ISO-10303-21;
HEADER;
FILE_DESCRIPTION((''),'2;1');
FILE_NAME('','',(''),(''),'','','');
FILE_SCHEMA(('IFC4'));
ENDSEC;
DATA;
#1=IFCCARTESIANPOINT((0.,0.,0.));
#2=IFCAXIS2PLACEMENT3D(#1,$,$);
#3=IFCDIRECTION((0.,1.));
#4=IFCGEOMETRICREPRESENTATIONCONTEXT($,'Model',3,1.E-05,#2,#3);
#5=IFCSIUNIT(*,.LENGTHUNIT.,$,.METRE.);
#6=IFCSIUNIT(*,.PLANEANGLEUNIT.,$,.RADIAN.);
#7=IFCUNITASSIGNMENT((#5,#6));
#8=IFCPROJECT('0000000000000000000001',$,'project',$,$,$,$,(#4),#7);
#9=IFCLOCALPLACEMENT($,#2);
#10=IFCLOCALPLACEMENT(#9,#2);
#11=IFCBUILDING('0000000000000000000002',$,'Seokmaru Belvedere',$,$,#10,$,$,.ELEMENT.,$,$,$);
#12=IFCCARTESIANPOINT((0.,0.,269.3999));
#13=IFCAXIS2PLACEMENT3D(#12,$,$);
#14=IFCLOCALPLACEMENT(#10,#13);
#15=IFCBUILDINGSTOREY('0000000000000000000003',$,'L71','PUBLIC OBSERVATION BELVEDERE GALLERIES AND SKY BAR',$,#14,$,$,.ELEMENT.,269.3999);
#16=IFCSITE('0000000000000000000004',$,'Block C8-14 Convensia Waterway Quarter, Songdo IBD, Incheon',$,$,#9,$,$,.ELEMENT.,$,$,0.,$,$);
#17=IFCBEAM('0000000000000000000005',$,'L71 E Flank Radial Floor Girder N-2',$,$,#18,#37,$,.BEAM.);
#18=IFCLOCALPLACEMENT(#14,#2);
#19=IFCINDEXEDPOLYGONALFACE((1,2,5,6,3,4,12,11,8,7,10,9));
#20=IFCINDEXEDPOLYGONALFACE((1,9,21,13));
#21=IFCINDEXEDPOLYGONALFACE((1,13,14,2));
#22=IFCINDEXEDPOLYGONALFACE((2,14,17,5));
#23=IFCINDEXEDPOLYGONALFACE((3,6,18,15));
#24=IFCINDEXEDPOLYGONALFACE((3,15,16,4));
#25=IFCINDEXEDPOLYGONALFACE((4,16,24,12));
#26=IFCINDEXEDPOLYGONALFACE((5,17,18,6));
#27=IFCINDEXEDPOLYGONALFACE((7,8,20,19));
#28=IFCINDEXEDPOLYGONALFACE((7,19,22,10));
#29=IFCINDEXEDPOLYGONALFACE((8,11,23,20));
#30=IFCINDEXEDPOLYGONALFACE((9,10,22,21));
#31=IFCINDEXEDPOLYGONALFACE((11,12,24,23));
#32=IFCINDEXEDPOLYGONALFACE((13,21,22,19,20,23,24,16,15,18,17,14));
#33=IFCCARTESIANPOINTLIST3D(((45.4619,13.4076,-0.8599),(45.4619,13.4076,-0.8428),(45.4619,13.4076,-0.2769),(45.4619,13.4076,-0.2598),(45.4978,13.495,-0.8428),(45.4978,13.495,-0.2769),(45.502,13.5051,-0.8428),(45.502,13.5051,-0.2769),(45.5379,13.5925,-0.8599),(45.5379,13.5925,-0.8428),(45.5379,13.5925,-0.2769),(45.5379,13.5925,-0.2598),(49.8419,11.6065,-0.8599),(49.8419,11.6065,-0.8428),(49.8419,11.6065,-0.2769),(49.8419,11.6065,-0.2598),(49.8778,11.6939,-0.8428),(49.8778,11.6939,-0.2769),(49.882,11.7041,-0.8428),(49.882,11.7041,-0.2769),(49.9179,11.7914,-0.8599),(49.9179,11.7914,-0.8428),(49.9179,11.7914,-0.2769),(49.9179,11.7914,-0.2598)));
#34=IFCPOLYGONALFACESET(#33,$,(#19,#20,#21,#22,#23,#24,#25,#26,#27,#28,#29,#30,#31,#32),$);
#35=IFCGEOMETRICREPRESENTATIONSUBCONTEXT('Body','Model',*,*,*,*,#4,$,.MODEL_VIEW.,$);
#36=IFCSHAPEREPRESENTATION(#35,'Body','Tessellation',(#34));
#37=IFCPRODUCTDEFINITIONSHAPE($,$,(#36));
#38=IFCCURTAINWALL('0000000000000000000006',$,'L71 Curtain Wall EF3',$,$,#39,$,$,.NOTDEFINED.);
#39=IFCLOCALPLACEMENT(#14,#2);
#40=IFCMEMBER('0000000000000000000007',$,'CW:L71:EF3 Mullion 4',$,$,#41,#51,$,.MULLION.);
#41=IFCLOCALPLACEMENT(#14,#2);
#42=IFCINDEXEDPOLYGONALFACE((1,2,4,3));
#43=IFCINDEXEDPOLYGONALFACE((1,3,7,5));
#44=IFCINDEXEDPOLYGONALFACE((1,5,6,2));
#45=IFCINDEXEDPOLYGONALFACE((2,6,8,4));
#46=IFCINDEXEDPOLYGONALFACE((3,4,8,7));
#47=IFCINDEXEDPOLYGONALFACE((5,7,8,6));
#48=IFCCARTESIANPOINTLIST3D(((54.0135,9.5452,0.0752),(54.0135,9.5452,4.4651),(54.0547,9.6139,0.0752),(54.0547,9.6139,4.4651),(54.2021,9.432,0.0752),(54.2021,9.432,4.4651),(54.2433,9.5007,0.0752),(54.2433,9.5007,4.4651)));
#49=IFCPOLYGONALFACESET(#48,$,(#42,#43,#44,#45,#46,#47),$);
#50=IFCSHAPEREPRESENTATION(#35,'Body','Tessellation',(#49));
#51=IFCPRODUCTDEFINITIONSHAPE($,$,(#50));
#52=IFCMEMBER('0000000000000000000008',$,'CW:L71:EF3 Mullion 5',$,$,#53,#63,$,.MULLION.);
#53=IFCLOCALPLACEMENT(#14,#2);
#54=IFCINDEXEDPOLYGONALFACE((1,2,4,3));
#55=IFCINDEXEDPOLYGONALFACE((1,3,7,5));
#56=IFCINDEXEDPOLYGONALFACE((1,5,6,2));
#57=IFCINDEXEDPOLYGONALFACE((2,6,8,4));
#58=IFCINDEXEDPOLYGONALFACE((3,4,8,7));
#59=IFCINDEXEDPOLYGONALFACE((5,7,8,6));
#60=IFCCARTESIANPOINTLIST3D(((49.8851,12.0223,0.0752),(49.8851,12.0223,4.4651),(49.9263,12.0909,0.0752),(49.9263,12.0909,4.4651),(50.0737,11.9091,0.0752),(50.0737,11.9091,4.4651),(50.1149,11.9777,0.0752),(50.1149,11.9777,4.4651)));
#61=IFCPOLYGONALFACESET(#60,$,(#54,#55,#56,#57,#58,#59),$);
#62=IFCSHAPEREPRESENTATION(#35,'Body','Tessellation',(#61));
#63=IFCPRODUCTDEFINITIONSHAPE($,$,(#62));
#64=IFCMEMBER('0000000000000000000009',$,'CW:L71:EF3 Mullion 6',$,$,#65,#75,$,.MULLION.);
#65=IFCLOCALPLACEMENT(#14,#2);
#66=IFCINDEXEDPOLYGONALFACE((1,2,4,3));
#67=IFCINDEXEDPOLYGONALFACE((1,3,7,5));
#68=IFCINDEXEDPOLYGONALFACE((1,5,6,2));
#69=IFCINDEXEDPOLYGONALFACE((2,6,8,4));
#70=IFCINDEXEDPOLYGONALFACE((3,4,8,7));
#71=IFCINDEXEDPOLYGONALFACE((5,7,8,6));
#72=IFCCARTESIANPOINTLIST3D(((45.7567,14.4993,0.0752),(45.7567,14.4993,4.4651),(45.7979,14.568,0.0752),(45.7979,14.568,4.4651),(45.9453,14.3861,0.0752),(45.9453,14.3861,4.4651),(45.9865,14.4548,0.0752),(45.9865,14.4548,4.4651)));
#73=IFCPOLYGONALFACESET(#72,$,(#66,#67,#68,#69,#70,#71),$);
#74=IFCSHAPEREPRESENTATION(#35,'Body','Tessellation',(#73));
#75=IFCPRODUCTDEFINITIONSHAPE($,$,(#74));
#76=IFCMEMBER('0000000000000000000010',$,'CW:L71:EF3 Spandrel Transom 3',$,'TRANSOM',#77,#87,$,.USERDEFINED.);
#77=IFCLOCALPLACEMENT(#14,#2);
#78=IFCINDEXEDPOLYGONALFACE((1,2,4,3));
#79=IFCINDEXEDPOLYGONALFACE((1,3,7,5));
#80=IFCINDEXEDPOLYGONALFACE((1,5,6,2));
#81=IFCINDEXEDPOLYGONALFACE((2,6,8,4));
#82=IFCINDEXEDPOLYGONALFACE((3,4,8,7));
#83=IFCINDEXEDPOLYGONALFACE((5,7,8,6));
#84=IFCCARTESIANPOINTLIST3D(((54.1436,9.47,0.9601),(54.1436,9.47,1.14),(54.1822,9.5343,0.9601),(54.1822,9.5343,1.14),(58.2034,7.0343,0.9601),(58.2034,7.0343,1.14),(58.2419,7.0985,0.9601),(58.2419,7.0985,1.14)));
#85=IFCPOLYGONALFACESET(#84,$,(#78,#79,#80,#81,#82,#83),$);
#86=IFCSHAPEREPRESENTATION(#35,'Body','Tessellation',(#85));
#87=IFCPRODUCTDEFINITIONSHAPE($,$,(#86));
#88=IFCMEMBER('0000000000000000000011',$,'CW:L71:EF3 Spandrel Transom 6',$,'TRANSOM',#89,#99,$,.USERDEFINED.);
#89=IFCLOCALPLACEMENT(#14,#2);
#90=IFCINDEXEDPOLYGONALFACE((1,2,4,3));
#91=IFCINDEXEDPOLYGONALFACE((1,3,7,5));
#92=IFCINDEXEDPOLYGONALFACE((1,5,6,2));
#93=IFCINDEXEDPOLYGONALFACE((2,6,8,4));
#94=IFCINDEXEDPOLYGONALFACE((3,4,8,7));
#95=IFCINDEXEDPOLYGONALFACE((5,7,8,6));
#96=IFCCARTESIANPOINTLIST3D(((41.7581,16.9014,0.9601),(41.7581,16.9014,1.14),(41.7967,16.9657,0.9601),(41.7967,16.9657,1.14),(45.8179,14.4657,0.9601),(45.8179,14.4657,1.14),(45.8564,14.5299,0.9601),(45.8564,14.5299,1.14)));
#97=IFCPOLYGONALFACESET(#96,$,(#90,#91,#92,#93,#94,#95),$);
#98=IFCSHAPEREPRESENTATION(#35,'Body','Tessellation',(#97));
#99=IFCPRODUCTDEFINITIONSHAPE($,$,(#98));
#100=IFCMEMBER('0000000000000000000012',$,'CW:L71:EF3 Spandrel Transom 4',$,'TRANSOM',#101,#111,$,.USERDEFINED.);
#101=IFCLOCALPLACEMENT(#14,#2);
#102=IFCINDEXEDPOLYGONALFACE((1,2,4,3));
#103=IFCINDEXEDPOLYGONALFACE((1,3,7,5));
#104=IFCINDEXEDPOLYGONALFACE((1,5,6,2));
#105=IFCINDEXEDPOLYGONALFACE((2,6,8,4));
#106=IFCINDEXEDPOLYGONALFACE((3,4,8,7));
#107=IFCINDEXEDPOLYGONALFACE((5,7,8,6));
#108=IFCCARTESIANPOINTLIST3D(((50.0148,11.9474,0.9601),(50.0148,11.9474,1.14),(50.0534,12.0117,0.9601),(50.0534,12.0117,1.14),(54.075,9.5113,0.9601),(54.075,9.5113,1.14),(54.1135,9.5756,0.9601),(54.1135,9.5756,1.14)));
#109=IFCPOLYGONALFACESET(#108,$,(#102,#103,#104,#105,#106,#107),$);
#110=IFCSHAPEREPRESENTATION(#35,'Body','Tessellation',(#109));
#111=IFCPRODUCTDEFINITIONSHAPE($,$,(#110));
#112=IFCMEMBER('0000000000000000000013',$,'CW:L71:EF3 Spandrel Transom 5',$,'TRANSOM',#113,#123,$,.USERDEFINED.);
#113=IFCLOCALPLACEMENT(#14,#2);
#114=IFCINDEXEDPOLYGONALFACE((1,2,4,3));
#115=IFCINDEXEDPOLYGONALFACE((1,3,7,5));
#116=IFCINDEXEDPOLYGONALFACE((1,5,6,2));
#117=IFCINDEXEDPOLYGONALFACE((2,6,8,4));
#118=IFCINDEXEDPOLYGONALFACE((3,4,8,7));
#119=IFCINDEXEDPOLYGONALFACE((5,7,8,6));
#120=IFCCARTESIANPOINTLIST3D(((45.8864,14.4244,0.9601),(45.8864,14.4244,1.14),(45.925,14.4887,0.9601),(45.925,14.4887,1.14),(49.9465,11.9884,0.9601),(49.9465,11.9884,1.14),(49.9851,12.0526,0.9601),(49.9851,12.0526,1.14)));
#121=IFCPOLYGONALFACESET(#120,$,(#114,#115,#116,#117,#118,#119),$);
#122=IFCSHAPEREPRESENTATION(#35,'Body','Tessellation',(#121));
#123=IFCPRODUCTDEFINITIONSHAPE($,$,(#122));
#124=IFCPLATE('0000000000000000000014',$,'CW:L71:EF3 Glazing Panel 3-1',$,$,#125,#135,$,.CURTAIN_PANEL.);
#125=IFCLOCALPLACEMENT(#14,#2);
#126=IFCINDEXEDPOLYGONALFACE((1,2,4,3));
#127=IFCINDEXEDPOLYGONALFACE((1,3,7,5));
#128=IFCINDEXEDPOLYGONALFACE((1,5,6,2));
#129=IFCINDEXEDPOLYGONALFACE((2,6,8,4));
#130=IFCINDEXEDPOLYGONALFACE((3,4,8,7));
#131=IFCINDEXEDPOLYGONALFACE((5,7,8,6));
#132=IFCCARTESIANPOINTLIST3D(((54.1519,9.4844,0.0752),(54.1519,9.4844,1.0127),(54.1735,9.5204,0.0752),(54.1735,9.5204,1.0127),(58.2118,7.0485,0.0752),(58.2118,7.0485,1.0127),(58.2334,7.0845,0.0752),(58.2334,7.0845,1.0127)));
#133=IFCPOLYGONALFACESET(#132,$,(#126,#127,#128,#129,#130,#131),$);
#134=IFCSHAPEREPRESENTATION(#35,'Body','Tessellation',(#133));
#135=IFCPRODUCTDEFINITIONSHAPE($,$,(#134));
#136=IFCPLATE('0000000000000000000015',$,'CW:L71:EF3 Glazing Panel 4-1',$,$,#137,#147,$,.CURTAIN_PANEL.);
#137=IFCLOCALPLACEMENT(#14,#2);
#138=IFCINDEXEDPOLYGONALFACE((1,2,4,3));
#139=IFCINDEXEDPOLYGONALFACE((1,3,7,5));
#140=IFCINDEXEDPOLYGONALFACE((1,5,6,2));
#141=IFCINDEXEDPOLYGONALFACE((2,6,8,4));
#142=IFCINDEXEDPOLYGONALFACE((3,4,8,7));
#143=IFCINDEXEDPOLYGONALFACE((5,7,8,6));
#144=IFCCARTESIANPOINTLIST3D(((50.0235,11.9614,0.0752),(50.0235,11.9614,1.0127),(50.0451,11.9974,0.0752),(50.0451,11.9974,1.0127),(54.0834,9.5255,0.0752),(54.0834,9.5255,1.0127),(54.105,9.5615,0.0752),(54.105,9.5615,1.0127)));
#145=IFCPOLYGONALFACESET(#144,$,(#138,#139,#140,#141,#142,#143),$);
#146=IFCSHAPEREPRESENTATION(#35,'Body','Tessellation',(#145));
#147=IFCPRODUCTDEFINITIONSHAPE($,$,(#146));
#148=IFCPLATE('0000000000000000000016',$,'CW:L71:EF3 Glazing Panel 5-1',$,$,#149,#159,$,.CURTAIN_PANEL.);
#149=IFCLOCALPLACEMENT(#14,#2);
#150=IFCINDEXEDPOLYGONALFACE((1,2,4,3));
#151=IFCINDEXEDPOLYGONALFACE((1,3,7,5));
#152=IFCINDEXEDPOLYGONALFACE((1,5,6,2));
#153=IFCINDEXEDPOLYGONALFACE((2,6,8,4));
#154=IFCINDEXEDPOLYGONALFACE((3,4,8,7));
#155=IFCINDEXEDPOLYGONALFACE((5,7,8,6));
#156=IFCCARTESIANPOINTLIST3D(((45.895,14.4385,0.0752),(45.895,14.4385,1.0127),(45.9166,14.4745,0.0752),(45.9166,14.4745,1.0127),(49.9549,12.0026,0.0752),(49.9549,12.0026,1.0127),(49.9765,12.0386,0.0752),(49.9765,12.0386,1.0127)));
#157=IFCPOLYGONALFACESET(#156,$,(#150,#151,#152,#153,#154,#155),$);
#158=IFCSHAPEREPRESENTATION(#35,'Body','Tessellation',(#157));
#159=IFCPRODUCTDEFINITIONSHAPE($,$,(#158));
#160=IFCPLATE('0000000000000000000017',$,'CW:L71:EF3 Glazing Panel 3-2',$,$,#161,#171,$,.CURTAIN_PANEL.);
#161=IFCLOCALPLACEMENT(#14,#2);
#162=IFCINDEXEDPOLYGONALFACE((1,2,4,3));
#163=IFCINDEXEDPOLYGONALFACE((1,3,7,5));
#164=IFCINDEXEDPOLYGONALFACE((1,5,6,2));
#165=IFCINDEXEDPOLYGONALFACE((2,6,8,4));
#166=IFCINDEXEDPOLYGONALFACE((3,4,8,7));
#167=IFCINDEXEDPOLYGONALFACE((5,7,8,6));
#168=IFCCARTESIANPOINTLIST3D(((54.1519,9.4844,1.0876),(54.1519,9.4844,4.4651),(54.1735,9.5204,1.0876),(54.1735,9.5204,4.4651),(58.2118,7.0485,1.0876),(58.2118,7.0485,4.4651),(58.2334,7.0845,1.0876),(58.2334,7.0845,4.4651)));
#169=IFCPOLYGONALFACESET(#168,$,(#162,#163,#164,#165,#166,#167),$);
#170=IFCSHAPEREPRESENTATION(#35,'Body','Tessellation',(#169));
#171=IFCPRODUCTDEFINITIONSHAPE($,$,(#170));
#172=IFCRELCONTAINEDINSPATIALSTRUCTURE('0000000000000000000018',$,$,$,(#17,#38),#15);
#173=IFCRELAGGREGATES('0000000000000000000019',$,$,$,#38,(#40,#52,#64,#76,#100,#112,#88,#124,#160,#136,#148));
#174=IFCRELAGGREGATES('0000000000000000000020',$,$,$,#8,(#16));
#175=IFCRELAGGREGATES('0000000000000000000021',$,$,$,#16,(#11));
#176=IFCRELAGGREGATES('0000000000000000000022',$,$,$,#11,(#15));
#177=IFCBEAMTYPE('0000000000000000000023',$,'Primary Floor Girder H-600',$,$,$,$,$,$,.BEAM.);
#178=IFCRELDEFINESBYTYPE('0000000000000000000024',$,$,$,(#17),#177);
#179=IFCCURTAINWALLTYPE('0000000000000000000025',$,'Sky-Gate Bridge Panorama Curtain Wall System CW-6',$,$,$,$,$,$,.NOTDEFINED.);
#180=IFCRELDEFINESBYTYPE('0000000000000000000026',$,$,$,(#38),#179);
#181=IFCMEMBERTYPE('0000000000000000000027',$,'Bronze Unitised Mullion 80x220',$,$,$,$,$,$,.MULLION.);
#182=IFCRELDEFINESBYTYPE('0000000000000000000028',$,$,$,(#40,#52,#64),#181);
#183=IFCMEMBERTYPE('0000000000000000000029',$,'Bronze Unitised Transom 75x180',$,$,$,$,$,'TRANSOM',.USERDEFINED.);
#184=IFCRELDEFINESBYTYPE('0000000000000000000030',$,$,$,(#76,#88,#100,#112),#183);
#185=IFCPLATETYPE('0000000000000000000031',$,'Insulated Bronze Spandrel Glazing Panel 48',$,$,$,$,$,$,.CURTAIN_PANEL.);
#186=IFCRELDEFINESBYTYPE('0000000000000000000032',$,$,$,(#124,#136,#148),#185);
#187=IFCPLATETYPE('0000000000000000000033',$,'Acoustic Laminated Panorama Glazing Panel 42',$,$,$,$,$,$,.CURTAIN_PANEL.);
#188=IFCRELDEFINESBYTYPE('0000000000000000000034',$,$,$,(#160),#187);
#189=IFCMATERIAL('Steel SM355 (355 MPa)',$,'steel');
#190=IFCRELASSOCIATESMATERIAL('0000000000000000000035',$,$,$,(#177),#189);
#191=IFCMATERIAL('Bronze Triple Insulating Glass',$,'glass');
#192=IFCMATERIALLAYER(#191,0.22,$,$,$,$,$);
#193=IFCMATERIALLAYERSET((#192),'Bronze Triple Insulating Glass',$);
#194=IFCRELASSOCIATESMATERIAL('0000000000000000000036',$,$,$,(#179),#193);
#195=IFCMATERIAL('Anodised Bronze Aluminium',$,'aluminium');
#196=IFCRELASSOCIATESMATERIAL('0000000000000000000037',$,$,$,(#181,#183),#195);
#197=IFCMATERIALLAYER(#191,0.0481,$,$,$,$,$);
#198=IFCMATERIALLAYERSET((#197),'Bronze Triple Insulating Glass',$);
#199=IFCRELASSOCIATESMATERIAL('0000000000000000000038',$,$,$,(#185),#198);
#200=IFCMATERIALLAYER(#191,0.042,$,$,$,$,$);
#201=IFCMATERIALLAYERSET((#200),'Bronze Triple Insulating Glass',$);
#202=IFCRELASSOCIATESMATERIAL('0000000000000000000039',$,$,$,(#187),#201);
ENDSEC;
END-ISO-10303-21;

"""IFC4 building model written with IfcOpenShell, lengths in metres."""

from ifc_helpers import new_model, si_unit, direction, frame, origin, origin_2d, place, context, subcontext, project, spatial, rectangle, i_section, extrude, source, transform, mapped, material, layer, layer_set, material_profile, profile_set, type_object, type_shapes, element, aggregate, save


model = new_model("IFC4")

# Units and contexts
model_context = context("Model", 3, precision=1e-05, world=origin(), true_north=direction((0.0, 1.0)))
body_context = subcontext(model_context, "Body", "Model", "MODEL_VIEW")
ifc_project = project(units=[si_unit("LENGTHUNIT", "METRE"), si_unit("PLANEANGLEUNIT", "RADIAN")], contexts=[model_context])

# Site, building, storey
site_placement = place(None, origin())
site = spatial("IfcSite", under=ifc_project, at=site_placement, Name="Block C8-14 Convensia Waterway Quarter, Songdo IBD, Incheon", CompositionType="ELEMENT", RefElevation=0.0)
building_placement = place(site_placement, origin())
building = spatial("IfcBuilding", under=site, at=building_placement, Name="Seokmaru Belvedere", CompositionType="ELEMENT")
storey_placement = place(building_placement, frame((0.0, 0.0, 269.3999)))
storey = spatial("IfcBuildingStorey", under=building, at=storey_placement, Name="L71", Description="PUBLIC OBSERVATION BELVEDERE GALLERIES AND SKY BAR", CompositionType="ELEMENT", Elevation=269.3999)

# Shared definitions
ifc_material_1 = material(Name="Steel SM355 (355 MPa)", Category="steel")

# Beam
ifc_material_profile_1 = material_profile(ifc_material_1, i_section(OverallWidth=0.2, OverallDepth=0.6001, WebThickness=0.011, FlangeThickness=0.0171, at=origin_2d()), Name="H-600x200x11x17")
ifc_profile_set_1 = profile_set([ifc_material_profile_1], Name="Steel SM355 (355 MPa)")
beam_type_1 = type_object("IfcBeamType", Name="Primary Floor Girder H-600", PredefinedType="BEAM", material=ifc_profile_set_1)
shared_shape_1 = source(origin(), body_context, "Body", "SweptSolid", [
    extrude(i_section(OverallWidth=0.2, OverallDepth=0.6001, WebThickness=0.011, FlangeThickness=0.0171, at=origin_2d()), origin(), (0.0, 0.0, 1.0), 4.7358),
])
beam_1_placement = place(storey_placement, frame((49.8799, 11.699, -0.5598), z_axis=(-0.924861, 0.380306, 0.0), x_axis=(-0.380306, -0.924861, 0.0)))
element("IfcBeam", 1, at=beam_1_placement, inside=storey, type_object=beam_type_1, Name="L71 E Flank Radial Floor Girder N-2", PredefinedType="BEAM", context=body_context, shape_type="MappedRepresentation", body=[
    mapped(shared_shape_1, transform((0.0, 0.0, 0.0), scale=1.0)),
])

# Curtain wall, members, plates
ifc_material_2 = material(Name="Bronze Triple Insulating Glass", Category="glass")
ifc_layer_1 = layer(ifc_material_2, 0.22)
ifc_layer_set_1 = layer_set([ifc_layer_1], Name="Bronze Triple Insulating Glass")
curtain_wall_type = type_object("IfcCurtainWallType", Name="Sky-Gate Bridge Panorama Curtain Wall System CW-6", PredefinedType="NOTDEFINED", material=ifc_layer_set_1)
curtain_wall_placement = place(storey_placement, origin())
curtain_wall = element("IfcCurtainWall", 2, at=curtain_wall_placement, inside=storey, type_object=curtain_wall_type, Name="L71 Curtain Wall EF3", PredefinedType="NOTDEFINED")
ifc_material_3 = material(Name="Anodised Bronze Aluminium", Category="aluminium")
ifc_material_profile_2 = material_profile(ifc_material_3, rectangle(XDim=0.0801, YDim=0.22, at=origin_2d()), Name="CW-M-80x220")
ifc_profile_set_2 = profile_set([ifc_material_profile_2], Name="Anodised Bronze Aluminium")
member_type_1 = type_object("IfcMemberType", Name="Bronze Unitised Mullion 80x220", PredefinedType="MULLION", material=ifc_profile_set_2)
shared_shape_2 = source(origin(), body_context, "Body", "SweptSolid", [
    extrude(rectangle(XDim=0.0801, YDim=0.22, at=origin_2d()), origin(), (0.0, 0.0, 1.0), 4.3899),
])
type_shapes(member_type_1, [shared_shape_2])
member_1_placement = place(storey_placement, frame((54.1284, 9.5229, 0.0752), z_axis=(0.0, 0.0, 1.0), x_axis=(-0.514495, -0.857493, 0.0)))
member_1 = element("IfcMember", 3, at=member_1_placement, type_object=member_type_1, Name="CW:L71:EF3 Mullion 4", PredefinedType="MULLION", context=body_context, shape_type="MappedRepresentation", body=[
    mapped(shared_shape_2, transform((0.0, 0.0, 0.0), scale=1.0)),
])
member_2_placement = place(storey_placement, frame((50.0, 12.0, 0.0752), z_axis=(0.0, 0.0, 1.0), x_axis=(-0.514495, -0.857493, 0.0)))
member_2 = element("IfcMember", 4, at=member_2_placement, type_object=member_type_1, Name="CW:L71:EF3 Mullion 5", PredefinedType="MULLION", context=body_context, shape_type="MappedRepresentation", body=[
    mapped(shared_shape_2, transform((0.0, 0.0, 0.0), scale=1.0)),
])
member_3_placement = place(storey_placement, frame((45.8716, 14.4771, 0.0752), z_axis=(0.0, 0.0, 1.0), x_axis=(-0.514495, -0.857493, 0.0)))
member_3 = element("IfcMember", 5, at=member_3_placement, type_object=member_type_1, Name="CW:L71:EF3 Mullion 6", PredefinedType="MULLION", context=body_context, shape_type="MappedRepresentation", body=[
    mapped(shared_shape_2, transform((0.0, 0.0, 0.0), scale=1.0)),
])
ifc_material_profile_3 = material_profile(ifc_material_3, rectangle(XDim=0.075, YDim=0.1799, at=origin_2d()), Name="CW-T-75x180")
ifc_profile_set_3 = profile_set([ifc_material_profile_3], Name="Anodised Bronze Aluminium")
member_type_2 = type_object("IfcMemberType", Name="Bronze Unitised Transom 75x180", ElementType="TRANSOM", PredefinedType="USERDEFINED", material=ifc_profile_set_3)
shared_shape_3 = source(origin(), body_context, "Body", "SweptSolid", [
    extrude(rectangle(XDim=0.075, YDim=0.1799, at=origin_2d()), origin(), (0.0, 0.0, 1.0), 4.7344),
])
member_4_placement = place(storey_placement, frame((58.2227, 7.0664, 1.05), z_axis=(-0.857502, 0.514481, 0.0), x_axis=(-0.514481, -0.857502, 0.0)))
member_4 = element("IfcMember", 6, at=member_4_placement, type_object=member_type_2, Name="CW:L71:EF3 Spandrel Transom 3", ObjectType="TRANSOM", PredefinedType="USERDEFINED", context=body_context, shape_type="MappedRepresentation", body=[
    mapped(shared_shape_3, transform((0.0, 0.0, 0.0), scale=1.0)),
])
member_5_placement = place(storey_placement, frame((45.8372, 14.4978, 1.05), z_axis=(-0.857502, 0.514481, 0.0), x_axis=(-0.514481, -0.857502, 0.0)))
member_5 = element("IfcMember", 7, at=member_5_placement, type_object=member_type_2, Name="CW:L71:EF3 Spandrel Transom 6", ObjectType="TRANSOM", PredefinedType="USERDEFINED", context=body_context, shape_type="MappedRepresentation", body=[
    mapped(shared_shape_3, transform((0.0, 0.0, 0.0), scale=1.0)),
])
shared_shape_4 = source(origin(), body_context, "Body", "SweptSolid", [
    extrude(rectangle(XDim=0.075, YDim=0.1799, at=origin_2d()), origin(), (0.0, 0.0, 1.0), 4.7349),
])
type_shapes(member_type_2, [shared_shape_3, shared_shape_4])
member_6_placement = place(storey_placement, frame((54.0942, 9.5435, 1.05), z_axis=(-0.857493, 0.514496, 0.0), x_axis=(-0.514496, -0.857493, 0.0)))
member_6 = element("IfcMember", 8, at=member_6_placement, type_object=member_type_2, Name="CW:L71:EF3 Spandrel Transom 4", ObjectType="TRANSOM", PredefinedType="USERDEFINED", context=body_context, shape_type="MappedRepresentation", body=[
    mapped(shared_shape_4, transform((0.0, 0.0, 0.0), scale=1.0)),
])
member_7_placement = place(storey_placement, frame((49.9658, 12.0205, 1.05), z_axis=(-0.857493, 0.514496, 0.0), x_axis=(-0.514496, -0.857493, 0.0)))
member_7 = element("IfcMember", 9, at=member_7_placement, type_object=member_type_2, Name="CW:L71:EF3 Spandrel Transom 5", ObjectType="TRANSOM", PredefinedType="USERDEFINED", context=body_context, shape_type="MappedRepresentation", body=[
    mapped(shared_shape_4, transform((0.0, 0.0, 0.0), scale=1.0)),
])
ifc_layer_2 = layer(ifc_material_2, 0.0481)
ifc_layer_set_2 = layer_set([ifc_layer_2], Name="Bronze Triple Insulating Glass")
plate_type_1 = type_object("IfcPlateType", Name="Insulated Bronze Spandrel Glazing Panel 48", PredefinedType="CURTAIN_PANEL", material=ifc_layer_set_2)
shared_shape_5 = source(origin(), body_context, "Body", "SweptSolid", [
    extrude(rectangle(XDim=4.7346, YDim=0.042, at=origin_2d()), origin(), (0.0, 0.0, 1.0), 0.9375),
])
type_shapes(plate_type_1, [shared_shape_5])
plate_1_placement = place(storey_placement, frame((56.1926, 8.2844, 0.0752), z_axis=(0.0, 0.0, 1.0), x_axis=(-0.857493, 0.514495, 0.0)))
plate_1 = element("IfcPlate", 10, at=plate_1_placement, type_object=plate_type_1, Name="CW:L71:EF3 Glazing Panel 3-1", PredefinedType="CURTAIN_PANEL", context=body_context, shape_type="MappedRepresentation", body=[
    mapped(shared_shape_5, transform((0.0, 0.0, 0.0), scale=1.0)),
])
plate_2_placement = place(storey_placement, frame((52.0642, 10.7615, 0.0752), z_axis=(0.0, 0.0, 1.0), x_axis=(-0.857493, 0.514495, 0.0)))
plate_2 = element("IfcPlate", 11, at=plate_2_placement, type_object=plate_type_1, Name="CW:L71:EF3 Glazing Panel 4-1", PredefinedType="CURTAIN_PANEL", context=body_context, shape_type="MappedRepresentation", body=[
    mapped(shared_shape_5, transform((0.0, 0.0, 0.0), scale=1.0)),
])
plate_3_placement = place(storey_placement, frame((47.9358, 13.2385, 0.0752), z_axis=(0.0, 0.0, 1.0), x_axis=(-0.857493, 0.514495, 0.0)))
plate_3 = element("IfcPlate", 12, at=plate_3_placement, type_object=plate_type_1, Name="CW:L71:EF3 Glazing Panel 5-1", PredefinedType="CURTAIN_PANEL", context=body_context, shape_type="MappedRepresentation", body=[
    mapped(shared_shape_5, transform((0.0, 0.0, 0.0), scale=1.0)),
])
ifc_layer_3 = layer(ifc_material_2, 0.042)
ifc_layer_set_3 = layer_set([ifc_layer_3], Name="Bronze Triple Insulating Glass")
plate_type_2 = type_object("IfcPlateType", Name="Acoustic Laminated Panorama Glazing Panel 42", PredefinedType="CURTAIN_PANEL", material=ifc_layer_set_3)
shared_shape_6 = source(origin(), body_context, "Body", "SweptSolid", [
    extrude(rectangle(XDim=4.7346, YDim=0.042, at=origin_2d()), origin(), (0.0, 0.0, 1.0), 3.3774),
])
type_shapes(plate_type_2, [shared_shape_6])
plate_4_placement = place(storey_placement, frame((56.1926, 8.2844, 1.0876), z_axis=(0.0, 0.0, 1.0), x_axis=(-0.857493, 0.514495, 0.0)))
plate_4 = element("IfcPlate", 13, at=plate_4_placement, type_object=plate_type_2, Name="CW:L71:EF3 Glazing Panel 3-2", PredefinedType="CURTAIN_PANEL", context=body_context, shape_type="MappedRepresentation", body=[
    mapped(shared_shape_6, transform((0.0, 0.0, 0.0), scale=1.0)),
])
aggregate(curtain_wall, [member_1, member_2, member_3, member_4, member_6, member_7, member_5, plate_1, plate_4, plate_2, plate_3])

save(model, "model.ifc")
